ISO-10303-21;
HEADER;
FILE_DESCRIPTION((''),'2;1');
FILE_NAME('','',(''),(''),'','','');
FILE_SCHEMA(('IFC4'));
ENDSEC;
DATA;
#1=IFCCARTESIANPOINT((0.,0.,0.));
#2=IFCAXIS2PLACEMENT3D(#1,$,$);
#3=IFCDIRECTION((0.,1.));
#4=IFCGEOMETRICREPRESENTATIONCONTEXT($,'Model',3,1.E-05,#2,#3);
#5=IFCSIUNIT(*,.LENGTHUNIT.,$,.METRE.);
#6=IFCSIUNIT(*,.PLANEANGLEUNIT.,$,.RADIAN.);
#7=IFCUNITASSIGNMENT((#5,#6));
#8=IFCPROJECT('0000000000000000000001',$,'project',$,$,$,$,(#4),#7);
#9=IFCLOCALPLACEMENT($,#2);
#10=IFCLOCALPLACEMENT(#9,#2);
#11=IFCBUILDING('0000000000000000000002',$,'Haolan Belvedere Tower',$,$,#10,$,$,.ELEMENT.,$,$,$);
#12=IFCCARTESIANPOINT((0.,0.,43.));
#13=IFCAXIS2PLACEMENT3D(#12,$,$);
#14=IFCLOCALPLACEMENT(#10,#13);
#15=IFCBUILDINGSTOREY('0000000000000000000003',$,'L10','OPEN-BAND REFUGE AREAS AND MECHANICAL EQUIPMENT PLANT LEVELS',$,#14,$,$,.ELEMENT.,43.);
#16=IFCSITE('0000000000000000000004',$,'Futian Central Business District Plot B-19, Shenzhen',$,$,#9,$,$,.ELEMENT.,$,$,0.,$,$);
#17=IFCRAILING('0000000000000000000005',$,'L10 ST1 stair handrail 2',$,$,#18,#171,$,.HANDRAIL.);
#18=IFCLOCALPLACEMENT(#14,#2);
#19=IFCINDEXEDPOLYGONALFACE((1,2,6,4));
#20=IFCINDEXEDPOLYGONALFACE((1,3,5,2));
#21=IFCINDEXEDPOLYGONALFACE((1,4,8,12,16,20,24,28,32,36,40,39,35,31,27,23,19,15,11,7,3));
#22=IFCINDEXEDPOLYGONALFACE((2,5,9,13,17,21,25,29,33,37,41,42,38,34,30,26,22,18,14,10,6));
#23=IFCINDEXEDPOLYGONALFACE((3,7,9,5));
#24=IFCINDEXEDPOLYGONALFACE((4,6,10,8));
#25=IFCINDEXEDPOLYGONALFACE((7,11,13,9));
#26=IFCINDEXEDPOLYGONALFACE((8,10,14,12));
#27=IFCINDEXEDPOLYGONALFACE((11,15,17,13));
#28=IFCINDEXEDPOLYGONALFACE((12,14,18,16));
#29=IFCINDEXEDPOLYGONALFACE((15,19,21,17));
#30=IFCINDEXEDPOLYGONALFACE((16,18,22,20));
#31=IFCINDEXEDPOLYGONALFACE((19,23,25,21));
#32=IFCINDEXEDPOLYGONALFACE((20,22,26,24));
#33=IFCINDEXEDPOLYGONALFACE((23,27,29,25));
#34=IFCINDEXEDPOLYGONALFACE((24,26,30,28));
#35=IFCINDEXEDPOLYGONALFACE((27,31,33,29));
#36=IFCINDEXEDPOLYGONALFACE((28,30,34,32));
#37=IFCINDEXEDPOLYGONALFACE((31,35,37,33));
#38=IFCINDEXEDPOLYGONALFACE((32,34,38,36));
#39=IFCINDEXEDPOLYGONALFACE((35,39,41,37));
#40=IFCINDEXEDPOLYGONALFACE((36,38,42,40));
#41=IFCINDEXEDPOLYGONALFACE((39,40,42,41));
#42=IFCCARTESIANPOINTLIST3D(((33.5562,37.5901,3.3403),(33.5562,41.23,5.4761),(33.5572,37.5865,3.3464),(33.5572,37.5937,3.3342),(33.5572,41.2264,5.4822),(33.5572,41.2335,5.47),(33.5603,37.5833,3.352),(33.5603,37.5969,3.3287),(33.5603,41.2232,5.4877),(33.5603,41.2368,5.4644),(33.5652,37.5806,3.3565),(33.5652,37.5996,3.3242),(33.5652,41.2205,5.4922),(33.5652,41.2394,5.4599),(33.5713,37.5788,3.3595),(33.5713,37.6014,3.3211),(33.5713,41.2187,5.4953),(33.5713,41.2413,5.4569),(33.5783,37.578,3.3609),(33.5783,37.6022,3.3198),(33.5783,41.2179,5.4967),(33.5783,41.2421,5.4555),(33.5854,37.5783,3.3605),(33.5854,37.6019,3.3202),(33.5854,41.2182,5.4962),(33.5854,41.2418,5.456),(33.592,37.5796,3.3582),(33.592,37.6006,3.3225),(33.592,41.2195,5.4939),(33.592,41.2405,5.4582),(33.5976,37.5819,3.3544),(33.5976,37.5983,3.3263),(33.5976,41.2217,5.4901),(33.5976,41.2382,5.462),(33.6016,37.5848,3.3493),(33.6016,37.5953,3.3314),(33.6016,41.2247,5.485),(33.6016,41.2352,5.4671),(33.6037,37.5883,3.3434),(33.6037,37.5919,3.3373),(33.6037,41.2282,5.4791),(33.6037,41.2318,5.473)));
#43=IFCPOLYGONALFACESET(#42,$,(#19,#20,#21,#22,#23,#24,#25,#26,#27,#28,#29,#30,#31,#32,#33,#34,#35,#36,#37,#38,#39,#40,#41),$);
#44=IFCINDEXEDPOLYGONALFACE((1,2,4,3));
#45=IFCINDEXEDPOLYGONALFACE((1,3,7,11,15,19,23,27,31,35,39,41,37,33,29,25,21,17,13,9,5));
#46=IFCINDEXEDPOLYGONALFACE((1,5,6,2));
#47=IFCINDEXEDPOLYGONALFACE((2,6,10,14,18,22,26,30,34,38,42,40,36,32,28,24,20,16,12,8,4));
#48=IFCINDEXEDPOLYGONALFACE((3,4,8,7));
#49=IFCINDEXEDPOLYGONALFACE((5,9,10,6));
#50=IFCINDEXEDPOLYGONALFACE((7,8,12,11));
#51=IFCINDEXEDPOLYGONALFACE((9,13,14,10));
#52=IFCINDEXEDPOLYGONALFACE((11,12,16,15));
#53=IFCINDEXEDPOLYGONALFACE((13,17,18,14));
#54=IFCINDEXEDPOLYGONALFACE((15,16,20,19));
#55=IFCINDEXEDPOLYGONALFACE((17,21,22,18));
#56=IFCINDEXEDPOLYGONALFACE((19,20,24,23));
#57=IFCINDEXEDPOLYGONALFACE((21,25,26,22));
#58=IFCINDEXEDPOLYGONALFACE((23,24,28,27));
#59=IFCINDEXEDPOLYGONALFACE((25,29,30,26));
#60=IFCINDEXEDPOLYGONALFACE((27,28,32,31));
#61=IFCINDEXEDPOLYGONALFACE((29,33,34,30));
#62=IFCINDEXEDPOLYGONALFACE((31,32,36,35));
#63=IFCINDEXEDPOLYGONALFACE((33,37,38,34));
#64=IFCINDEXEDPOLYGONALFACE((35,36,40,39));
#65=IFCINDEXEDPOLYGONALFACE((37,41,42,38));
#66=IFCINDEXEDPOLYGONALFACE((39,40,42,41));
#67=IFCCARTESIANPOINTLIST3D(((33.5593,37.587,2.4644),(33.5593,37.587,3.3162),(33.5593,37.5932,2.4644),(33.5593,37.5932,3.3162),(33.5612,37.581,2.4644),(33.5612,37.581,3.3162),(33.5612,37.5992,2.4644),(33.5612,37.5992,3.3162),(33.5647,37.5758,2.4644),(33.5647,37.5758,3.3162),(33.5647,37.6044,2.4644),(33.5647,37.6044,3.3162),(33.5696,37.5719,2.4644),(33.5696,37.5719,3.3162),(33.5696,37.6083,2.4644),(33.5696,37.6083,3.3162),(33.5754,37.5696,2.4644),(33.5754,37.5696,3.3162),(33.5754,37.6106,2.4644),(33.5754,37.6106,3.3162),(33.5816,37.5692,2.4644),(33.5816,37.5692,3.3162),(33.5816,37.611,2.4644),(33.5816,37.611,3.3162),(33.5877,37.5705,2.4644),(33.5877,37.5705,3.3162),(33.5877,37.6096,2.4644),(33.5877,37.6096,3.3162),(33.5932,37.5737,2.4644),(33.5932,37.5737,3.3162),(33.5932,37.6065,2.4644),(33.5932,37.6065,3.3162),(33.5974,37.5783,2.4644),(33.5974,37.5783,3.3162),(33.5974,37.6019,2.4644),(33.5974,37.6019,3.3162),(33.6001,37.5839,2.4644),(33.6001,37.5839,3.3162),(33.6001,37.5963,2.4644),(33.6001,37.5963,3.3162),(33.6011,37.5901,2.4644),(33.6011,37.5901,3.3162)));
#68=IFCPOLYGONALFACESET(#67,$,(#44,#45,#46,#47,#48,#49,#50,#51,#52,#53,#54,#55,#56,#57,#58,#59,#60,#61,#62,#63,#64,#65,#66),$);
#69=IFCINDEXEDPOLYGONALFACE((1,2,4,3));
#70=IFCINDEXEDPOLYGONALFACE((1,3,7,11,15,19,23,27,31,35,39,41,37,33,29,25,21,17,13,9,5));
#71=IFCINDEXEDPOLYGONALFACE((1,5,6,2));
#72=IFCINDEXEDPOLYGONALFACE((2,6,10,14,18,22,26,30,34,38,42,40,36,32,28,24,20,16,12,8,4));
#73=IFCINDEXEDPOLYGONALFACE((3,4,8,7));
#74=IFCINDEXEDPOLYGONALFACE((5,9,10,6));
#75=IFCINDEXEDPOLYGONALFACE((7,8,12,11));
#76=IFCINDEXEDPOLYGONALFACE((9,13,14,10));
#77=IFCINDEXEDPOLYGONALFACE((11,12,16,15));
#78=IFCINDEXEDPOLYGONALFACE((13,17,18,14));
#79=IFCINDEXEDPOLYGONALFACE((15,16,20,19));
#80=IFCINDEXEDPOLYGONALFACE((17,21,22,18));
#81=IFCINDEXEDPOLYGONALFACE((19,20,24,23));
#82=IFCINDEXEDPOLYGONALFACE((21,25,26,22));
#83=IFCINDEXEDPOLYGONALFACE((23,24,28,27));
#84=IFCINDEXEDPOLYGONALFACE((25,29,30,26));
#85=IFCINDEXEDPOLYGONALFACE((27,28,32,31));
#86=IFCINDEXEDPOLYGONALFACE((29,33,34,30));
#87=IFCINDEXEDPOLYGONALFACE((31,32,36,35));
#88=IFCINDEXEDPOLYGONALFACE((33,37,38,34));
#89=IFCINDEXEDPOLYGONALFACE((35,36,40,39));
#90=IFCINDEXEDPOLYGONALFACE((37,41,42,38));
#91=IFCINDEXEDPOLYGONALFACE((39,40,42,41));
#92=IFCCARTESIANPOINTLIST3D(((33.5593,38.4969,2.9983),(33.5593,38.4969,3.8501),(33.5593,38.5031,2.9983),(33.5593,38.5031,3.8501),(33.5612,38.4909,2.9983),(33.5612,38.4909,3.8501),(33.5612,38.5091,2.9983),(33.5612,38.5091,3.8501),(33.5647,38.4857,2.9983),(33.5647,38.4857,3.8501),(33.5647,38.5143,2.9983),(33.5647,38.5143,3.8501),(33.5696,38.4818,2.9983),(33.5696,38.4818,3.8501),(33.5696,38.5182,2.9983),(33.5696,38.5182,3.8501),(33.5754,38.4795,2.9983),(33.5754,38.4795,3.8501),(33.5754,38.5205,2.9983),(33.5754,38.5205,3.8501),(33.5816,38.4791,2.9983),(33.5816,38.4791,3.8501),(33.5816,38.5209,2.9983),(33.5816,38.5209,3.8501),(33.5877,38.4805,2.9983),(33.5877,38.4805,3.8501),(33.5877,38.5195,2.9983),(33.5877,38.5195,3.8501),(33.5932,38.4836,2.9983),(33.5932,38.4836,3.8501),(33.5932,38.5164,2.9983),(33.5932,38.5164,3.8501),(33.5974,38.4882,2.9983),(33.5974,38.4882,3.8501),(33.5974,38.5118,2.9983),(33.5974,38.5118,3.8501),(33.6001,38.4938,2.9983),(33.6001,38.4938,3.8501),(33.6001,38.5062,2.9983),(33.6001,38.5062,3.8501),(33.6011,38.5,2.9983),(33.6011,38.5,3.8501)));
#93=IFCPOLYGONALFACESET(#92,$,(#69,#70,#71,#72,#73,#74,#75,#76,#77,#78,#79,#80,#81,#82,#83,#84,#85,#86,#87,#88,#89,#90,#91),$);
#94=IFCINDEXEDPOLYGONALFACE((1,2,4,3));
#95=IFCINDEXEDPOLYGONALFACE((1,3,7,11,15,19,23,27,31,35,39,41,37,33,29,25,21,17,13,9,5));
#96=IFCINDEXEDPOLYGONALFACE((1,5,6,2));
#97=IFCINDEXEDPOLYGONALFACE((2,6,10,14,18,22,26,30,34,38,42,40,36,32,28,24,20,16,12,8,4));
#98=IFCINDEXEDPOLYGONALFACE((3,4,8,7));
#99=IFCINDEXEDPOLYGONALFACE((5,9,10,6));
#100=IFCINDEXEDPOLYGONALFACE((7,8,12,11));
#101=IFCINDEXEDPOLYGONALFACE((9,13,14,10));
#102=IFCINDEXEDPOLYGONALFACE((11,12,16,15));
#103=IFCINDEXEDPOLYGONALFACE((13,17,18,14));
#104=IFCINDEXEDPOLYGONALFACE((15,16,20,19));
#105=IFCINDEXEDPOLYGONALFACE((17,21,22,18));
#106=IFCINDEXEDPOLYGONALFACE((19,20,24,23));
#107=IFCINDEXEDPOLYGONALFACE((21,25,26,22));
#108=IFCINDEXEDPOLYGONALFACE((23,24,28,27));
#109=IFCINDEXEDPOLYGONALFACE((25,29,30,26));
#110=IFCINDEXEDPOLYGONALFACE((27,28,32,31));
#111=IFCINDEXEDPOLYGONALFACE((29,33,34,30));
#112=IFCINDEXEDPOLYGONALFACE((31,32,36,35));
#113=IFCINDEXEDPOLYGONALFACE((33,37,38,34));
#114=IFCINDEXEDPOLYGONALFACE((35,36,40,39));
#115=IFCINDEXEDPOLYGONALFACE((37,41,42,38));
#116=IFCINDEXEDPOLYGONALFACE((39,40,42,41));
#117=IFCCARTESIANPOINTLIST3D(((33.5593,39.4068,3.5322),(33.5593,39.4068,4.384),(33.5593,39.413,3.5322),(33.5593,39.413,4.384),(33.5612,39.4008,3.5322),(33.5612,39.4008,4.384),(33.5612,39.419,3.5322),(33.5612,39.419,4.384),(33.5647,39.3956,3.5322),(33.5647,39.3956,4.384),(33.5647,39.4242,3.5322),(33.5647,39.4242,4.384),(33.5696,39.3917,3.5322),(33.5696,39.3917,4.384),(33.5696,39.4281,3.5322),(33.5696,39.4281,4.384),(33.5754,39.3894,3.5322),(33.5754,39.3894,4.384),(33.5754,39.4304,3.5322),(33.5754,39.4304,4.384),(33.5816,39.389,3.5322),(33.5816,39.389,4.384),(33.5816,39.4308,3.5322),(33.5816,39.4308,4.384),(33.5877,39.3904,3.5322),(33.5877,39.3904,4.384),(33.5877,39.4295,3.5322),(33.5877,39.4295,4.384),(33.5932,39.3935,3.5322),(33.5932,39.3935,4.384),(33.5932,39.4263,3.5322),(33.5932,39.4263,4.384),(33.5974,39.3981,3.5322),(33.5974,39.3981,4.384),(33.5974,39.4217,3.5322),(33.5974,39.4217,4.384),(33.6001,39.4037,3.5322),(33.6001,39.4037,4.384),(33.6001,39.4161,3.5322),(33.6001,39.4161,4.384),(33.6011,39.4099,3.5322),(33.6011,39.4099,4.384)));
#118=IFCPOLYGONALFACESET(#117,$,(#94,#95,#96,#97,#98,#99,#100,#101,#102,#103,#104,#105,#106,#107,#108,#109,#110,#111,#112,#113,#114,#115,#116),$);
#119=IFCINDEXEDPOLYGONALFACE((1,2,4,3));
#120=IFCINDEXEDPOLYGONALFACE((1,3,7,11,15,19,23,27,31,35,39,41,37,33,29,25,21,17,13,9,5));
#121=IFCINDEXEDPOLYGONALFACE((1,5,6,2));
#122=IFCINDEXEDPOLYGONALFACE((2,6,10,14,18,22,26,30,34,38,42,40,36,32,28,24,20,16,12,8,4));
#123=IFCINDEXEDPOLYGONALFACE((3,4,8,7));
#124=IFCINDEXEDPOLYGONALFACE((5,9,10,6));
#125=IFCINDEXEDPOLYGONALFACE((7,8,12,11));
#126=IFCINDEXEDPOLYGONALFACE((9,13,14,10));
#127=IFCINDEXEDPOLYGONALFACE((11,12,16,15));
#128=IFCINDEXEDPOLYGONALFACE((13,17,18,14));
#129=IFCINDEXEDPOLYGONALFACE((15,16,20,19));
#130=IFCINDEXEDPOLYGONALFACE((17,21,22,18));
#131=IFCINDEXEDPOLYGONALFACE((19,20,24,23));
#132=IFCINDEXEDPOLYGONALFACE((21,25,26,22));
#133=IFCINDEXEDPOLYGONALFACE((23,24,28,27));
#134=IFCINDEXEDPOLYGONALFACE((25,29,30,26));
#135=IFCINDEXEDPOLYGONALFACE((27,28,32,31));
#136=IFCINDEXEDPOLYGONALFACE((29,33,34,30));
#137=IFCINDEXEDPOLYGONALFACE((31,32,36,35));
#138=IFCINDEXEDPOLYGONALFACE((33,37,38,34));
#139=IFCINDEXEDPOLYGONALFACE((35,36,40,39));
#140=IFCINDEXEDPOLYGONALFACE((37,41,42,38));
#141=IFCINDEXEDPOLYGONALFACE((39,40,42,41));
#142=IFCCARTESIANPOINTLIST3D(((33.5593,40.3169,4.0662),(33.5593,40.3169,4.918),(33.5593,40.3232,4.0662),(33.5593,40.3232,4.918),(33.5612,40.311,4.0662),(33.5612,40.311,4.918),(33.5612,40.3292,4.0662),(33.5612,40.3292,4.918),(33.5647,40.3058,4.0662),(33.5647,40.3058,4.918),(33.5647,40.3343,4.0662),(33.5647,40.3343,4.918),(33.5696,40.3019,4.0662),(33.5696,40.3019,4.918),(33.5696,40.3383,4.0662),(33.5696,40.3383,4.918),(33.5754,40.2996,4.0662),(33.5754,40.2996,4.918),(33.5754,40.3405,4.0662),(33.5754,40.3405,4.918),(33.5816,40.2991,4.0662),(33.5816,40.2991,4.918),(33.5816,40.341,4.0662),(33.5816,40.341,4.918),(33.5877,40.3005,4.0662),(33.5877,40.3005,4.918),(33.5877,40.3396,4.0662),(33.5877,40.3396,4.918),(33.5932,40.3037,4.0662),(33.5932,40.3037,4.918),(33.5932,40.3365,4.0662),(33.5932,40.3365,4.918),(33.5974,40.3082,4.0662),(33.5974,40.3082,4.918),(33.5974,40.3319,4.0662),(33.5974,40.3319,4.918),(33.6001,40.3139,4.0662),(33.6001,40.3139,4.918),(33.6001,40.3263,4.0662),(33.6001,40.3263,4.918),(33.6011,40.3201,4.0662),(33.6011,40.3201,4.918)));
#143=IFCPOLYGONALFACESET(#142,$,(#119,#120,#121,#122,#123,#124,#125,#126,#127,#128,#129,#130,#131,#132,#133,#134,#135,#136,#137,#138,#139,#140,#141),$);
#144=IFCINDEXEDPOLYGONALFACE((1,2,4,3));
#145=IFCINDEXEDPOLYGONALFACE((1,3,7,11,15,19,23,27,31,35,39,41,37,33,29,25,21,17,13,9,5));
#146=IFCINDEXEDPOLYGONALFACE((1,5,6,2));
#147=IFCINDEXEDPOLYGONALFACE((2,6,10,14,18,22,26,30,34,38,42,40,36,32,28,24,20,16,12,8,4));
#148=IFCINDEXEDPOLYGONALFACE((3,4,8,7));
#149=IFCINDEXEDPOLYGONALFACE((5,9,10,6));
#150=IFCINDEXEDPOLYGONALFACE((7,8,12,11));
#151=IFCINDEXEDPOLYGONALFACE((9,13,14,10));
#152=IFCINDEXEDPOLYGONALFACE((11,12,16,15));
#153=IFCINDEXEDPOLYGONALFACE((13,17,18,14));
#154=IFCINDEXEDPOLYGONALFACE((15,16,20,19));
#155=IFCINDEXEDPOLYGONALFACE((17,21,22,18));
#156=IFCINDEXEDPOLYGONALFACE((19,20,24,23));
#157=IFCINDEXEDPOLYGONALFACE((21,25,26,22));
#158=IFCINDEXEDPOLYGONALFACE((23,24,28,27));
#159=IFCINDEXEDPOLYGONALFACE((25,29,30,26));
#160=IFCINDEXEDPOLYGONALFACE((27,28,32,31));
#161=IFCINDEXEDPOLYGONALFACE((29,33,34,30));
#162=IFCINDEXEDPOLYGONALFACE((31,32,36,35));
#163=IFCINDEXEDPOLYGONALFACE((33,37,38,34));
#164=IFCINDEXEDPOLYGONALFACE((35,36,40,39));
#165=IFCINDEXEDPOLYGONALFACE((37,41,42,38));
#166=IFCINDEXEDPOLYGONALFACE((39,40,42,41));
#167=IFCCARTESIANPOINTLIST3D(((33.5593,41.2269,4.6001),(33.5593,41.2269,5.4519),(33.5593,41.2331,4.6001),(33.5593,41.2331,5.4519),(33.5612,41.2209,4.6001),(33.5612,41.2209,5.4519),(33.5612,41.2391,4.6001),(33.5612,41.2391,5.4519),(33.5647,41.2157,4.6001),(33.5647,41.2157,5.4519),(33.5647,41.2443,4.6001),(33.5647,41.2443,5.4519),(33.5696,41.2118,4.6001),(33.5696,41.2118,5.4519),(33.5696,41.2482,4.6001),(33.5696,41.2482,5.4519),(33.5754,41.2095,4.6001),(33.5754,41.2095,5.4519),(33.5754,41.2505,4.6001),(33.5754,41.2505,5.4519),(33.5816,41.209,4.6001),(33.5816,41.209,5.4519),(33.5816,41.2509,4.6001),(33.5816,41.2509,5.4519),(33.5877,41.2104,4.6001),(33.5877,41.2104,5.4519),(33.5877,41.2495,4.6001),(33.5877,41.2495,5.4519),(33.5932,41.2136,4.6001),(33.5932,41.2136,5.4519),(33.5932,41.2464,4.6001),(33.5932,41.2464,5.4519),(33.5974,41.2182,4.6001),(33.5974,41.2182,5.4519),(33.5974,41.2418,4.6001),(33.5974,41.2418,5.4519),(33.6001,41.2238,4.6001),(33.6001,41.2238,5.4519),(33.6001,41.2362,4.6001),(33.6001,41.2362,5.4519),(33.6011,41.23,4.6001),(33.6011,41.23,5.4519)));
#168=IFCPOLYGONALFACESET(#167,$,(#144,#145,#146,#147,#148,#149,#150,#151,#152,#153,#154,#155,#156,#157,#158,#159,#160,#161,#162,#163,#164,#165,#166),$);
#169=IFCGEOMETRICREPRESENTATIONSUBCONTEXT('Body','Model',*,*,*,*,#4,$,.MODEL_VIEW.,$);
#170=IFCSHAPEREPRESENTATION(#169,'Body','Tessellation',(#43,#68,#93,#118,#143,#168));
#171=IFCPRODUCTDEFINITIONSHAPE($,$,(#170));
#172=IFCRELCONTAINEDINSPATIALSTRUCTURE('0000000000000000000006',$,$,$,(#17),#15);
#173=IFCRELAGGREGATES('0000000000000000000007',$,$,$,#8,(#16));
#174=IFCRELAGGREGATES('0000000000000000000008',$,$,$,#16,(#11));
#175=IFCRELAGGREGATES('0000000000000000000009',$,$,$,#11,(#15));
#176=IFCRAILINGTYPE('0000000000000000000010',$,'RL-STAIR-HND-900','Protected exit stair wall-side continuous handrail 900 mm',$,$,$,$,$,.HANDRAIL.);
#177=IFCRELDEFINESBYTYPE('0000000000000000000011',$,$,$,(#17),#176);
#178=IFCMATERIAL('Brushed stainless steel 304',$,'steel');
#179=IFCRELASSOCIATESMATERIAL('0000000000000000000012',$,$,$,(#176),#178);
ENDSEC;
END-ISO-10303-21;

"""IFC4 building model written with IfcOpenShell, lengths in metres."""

from ifc_helpers import new_model, si_unit, direction, frame, origin, origin_2d, place, context, subcontext, project, spatial, circle, extrude, material, type_object, element, save


model = new_model("IFC4")

# Units and contexts
model_context = context("Model", 3, precision=1e-05, world=origin(), true_north=direction((0.0, 1.0)))
body_context = subcontext(model_context, "Body", "Model", "MODEL_VIEW")
ifc_project = project(units=[si_unit("LENGTHUNIT", "METRE"), si_unit("PLANEANGLEUNIT", "RADIAN")], contexts=[model_context])

# Site, building, storey
site_placement = place(None, origin())
site = spatial("IfcSite", under=ifc_project, at=site_placement, Name="Futian Central Business District Plot B-19, Shenzhen", CompositionType="ELEMENT", RefElevation=0.0)
building_placement = place(site_placement, origin())
building = spatial("IfcBuilding", under=site, at=building_placement, Name="Haolan Belvedere Tower", CompositionType="ELEMENT")
storey_placement = place(building_placement, frame((0.0, 0.0, 43.0)))
storey = spatial("IfcBuildingStorey", under=building, at=storey_placement, Name="L10", Description="OPEN-BAND REFUGE AREAS AND MECHANICAL EQUIPMENT PLANT LEVELS", CompositionType="ELEMENT", Elevation=43.0)

# Railing
ifc_material_1 = material(Name="Brushed stainless steel 304", Category="steel")
railing_type_1 = type_object("IfcRailingType", Name="RL-STAIR-HND-900", Description="Protected exit stair wall-side continuous handrail 900 mm", PredefinedType="HANDRAIL", material=ifc_material_1)
railing_1_placement = place(storey_placement, frame((33.5801, 37.5901, 2.4644)))
element("IfcRailing", 1, at=railing_1_placement, inside=storey, type_object=railing_type_1, Name="L10 ST1 stair handrail 2", PredefinedType="HANDRAIL", context=body_context, shape_type="SweptSolid", body=[
    extrude(circle(Radius=0.0239, at=origin_2d()), frame((0.0, 0.0, 0.876), z_axis=(0.0, 0.86249, 0.506074), x_axis=(-1.0, 0.0, 0.0)), (0.0, 0.0, 1.0), 4.2202),
    extrude(circle(Radius=0.021, at=origin_2d()), origin(), (0.0, 0.0, 1.0), 0.8518),
    extrude(circle(Radius=0.021, at=origin_2d()), frame((0.0, 0.9099, 0.5339)), (0.0, 0.0, 1.0), 0.8518),
    extrude(circle(Radius=0.021, at=origin_2d()), frame((0.0, 1.8198, 1.0679)), (0.0, 0.0, 1.0), 0.8518),
    extrude(circle(Radius=0.021, at=origin_2d()), frame((0.0, 2.73, 1.6018)), (0.0, 0.0, 1.0), 0.8518),
    extrude(circle(Radius=0.021, at=origin_2d()), frame((0.0, 3.6399, 2.1357)), (0.0, 0.0, 1.0), 0.8518),
])

save(model, "model.ifc")
